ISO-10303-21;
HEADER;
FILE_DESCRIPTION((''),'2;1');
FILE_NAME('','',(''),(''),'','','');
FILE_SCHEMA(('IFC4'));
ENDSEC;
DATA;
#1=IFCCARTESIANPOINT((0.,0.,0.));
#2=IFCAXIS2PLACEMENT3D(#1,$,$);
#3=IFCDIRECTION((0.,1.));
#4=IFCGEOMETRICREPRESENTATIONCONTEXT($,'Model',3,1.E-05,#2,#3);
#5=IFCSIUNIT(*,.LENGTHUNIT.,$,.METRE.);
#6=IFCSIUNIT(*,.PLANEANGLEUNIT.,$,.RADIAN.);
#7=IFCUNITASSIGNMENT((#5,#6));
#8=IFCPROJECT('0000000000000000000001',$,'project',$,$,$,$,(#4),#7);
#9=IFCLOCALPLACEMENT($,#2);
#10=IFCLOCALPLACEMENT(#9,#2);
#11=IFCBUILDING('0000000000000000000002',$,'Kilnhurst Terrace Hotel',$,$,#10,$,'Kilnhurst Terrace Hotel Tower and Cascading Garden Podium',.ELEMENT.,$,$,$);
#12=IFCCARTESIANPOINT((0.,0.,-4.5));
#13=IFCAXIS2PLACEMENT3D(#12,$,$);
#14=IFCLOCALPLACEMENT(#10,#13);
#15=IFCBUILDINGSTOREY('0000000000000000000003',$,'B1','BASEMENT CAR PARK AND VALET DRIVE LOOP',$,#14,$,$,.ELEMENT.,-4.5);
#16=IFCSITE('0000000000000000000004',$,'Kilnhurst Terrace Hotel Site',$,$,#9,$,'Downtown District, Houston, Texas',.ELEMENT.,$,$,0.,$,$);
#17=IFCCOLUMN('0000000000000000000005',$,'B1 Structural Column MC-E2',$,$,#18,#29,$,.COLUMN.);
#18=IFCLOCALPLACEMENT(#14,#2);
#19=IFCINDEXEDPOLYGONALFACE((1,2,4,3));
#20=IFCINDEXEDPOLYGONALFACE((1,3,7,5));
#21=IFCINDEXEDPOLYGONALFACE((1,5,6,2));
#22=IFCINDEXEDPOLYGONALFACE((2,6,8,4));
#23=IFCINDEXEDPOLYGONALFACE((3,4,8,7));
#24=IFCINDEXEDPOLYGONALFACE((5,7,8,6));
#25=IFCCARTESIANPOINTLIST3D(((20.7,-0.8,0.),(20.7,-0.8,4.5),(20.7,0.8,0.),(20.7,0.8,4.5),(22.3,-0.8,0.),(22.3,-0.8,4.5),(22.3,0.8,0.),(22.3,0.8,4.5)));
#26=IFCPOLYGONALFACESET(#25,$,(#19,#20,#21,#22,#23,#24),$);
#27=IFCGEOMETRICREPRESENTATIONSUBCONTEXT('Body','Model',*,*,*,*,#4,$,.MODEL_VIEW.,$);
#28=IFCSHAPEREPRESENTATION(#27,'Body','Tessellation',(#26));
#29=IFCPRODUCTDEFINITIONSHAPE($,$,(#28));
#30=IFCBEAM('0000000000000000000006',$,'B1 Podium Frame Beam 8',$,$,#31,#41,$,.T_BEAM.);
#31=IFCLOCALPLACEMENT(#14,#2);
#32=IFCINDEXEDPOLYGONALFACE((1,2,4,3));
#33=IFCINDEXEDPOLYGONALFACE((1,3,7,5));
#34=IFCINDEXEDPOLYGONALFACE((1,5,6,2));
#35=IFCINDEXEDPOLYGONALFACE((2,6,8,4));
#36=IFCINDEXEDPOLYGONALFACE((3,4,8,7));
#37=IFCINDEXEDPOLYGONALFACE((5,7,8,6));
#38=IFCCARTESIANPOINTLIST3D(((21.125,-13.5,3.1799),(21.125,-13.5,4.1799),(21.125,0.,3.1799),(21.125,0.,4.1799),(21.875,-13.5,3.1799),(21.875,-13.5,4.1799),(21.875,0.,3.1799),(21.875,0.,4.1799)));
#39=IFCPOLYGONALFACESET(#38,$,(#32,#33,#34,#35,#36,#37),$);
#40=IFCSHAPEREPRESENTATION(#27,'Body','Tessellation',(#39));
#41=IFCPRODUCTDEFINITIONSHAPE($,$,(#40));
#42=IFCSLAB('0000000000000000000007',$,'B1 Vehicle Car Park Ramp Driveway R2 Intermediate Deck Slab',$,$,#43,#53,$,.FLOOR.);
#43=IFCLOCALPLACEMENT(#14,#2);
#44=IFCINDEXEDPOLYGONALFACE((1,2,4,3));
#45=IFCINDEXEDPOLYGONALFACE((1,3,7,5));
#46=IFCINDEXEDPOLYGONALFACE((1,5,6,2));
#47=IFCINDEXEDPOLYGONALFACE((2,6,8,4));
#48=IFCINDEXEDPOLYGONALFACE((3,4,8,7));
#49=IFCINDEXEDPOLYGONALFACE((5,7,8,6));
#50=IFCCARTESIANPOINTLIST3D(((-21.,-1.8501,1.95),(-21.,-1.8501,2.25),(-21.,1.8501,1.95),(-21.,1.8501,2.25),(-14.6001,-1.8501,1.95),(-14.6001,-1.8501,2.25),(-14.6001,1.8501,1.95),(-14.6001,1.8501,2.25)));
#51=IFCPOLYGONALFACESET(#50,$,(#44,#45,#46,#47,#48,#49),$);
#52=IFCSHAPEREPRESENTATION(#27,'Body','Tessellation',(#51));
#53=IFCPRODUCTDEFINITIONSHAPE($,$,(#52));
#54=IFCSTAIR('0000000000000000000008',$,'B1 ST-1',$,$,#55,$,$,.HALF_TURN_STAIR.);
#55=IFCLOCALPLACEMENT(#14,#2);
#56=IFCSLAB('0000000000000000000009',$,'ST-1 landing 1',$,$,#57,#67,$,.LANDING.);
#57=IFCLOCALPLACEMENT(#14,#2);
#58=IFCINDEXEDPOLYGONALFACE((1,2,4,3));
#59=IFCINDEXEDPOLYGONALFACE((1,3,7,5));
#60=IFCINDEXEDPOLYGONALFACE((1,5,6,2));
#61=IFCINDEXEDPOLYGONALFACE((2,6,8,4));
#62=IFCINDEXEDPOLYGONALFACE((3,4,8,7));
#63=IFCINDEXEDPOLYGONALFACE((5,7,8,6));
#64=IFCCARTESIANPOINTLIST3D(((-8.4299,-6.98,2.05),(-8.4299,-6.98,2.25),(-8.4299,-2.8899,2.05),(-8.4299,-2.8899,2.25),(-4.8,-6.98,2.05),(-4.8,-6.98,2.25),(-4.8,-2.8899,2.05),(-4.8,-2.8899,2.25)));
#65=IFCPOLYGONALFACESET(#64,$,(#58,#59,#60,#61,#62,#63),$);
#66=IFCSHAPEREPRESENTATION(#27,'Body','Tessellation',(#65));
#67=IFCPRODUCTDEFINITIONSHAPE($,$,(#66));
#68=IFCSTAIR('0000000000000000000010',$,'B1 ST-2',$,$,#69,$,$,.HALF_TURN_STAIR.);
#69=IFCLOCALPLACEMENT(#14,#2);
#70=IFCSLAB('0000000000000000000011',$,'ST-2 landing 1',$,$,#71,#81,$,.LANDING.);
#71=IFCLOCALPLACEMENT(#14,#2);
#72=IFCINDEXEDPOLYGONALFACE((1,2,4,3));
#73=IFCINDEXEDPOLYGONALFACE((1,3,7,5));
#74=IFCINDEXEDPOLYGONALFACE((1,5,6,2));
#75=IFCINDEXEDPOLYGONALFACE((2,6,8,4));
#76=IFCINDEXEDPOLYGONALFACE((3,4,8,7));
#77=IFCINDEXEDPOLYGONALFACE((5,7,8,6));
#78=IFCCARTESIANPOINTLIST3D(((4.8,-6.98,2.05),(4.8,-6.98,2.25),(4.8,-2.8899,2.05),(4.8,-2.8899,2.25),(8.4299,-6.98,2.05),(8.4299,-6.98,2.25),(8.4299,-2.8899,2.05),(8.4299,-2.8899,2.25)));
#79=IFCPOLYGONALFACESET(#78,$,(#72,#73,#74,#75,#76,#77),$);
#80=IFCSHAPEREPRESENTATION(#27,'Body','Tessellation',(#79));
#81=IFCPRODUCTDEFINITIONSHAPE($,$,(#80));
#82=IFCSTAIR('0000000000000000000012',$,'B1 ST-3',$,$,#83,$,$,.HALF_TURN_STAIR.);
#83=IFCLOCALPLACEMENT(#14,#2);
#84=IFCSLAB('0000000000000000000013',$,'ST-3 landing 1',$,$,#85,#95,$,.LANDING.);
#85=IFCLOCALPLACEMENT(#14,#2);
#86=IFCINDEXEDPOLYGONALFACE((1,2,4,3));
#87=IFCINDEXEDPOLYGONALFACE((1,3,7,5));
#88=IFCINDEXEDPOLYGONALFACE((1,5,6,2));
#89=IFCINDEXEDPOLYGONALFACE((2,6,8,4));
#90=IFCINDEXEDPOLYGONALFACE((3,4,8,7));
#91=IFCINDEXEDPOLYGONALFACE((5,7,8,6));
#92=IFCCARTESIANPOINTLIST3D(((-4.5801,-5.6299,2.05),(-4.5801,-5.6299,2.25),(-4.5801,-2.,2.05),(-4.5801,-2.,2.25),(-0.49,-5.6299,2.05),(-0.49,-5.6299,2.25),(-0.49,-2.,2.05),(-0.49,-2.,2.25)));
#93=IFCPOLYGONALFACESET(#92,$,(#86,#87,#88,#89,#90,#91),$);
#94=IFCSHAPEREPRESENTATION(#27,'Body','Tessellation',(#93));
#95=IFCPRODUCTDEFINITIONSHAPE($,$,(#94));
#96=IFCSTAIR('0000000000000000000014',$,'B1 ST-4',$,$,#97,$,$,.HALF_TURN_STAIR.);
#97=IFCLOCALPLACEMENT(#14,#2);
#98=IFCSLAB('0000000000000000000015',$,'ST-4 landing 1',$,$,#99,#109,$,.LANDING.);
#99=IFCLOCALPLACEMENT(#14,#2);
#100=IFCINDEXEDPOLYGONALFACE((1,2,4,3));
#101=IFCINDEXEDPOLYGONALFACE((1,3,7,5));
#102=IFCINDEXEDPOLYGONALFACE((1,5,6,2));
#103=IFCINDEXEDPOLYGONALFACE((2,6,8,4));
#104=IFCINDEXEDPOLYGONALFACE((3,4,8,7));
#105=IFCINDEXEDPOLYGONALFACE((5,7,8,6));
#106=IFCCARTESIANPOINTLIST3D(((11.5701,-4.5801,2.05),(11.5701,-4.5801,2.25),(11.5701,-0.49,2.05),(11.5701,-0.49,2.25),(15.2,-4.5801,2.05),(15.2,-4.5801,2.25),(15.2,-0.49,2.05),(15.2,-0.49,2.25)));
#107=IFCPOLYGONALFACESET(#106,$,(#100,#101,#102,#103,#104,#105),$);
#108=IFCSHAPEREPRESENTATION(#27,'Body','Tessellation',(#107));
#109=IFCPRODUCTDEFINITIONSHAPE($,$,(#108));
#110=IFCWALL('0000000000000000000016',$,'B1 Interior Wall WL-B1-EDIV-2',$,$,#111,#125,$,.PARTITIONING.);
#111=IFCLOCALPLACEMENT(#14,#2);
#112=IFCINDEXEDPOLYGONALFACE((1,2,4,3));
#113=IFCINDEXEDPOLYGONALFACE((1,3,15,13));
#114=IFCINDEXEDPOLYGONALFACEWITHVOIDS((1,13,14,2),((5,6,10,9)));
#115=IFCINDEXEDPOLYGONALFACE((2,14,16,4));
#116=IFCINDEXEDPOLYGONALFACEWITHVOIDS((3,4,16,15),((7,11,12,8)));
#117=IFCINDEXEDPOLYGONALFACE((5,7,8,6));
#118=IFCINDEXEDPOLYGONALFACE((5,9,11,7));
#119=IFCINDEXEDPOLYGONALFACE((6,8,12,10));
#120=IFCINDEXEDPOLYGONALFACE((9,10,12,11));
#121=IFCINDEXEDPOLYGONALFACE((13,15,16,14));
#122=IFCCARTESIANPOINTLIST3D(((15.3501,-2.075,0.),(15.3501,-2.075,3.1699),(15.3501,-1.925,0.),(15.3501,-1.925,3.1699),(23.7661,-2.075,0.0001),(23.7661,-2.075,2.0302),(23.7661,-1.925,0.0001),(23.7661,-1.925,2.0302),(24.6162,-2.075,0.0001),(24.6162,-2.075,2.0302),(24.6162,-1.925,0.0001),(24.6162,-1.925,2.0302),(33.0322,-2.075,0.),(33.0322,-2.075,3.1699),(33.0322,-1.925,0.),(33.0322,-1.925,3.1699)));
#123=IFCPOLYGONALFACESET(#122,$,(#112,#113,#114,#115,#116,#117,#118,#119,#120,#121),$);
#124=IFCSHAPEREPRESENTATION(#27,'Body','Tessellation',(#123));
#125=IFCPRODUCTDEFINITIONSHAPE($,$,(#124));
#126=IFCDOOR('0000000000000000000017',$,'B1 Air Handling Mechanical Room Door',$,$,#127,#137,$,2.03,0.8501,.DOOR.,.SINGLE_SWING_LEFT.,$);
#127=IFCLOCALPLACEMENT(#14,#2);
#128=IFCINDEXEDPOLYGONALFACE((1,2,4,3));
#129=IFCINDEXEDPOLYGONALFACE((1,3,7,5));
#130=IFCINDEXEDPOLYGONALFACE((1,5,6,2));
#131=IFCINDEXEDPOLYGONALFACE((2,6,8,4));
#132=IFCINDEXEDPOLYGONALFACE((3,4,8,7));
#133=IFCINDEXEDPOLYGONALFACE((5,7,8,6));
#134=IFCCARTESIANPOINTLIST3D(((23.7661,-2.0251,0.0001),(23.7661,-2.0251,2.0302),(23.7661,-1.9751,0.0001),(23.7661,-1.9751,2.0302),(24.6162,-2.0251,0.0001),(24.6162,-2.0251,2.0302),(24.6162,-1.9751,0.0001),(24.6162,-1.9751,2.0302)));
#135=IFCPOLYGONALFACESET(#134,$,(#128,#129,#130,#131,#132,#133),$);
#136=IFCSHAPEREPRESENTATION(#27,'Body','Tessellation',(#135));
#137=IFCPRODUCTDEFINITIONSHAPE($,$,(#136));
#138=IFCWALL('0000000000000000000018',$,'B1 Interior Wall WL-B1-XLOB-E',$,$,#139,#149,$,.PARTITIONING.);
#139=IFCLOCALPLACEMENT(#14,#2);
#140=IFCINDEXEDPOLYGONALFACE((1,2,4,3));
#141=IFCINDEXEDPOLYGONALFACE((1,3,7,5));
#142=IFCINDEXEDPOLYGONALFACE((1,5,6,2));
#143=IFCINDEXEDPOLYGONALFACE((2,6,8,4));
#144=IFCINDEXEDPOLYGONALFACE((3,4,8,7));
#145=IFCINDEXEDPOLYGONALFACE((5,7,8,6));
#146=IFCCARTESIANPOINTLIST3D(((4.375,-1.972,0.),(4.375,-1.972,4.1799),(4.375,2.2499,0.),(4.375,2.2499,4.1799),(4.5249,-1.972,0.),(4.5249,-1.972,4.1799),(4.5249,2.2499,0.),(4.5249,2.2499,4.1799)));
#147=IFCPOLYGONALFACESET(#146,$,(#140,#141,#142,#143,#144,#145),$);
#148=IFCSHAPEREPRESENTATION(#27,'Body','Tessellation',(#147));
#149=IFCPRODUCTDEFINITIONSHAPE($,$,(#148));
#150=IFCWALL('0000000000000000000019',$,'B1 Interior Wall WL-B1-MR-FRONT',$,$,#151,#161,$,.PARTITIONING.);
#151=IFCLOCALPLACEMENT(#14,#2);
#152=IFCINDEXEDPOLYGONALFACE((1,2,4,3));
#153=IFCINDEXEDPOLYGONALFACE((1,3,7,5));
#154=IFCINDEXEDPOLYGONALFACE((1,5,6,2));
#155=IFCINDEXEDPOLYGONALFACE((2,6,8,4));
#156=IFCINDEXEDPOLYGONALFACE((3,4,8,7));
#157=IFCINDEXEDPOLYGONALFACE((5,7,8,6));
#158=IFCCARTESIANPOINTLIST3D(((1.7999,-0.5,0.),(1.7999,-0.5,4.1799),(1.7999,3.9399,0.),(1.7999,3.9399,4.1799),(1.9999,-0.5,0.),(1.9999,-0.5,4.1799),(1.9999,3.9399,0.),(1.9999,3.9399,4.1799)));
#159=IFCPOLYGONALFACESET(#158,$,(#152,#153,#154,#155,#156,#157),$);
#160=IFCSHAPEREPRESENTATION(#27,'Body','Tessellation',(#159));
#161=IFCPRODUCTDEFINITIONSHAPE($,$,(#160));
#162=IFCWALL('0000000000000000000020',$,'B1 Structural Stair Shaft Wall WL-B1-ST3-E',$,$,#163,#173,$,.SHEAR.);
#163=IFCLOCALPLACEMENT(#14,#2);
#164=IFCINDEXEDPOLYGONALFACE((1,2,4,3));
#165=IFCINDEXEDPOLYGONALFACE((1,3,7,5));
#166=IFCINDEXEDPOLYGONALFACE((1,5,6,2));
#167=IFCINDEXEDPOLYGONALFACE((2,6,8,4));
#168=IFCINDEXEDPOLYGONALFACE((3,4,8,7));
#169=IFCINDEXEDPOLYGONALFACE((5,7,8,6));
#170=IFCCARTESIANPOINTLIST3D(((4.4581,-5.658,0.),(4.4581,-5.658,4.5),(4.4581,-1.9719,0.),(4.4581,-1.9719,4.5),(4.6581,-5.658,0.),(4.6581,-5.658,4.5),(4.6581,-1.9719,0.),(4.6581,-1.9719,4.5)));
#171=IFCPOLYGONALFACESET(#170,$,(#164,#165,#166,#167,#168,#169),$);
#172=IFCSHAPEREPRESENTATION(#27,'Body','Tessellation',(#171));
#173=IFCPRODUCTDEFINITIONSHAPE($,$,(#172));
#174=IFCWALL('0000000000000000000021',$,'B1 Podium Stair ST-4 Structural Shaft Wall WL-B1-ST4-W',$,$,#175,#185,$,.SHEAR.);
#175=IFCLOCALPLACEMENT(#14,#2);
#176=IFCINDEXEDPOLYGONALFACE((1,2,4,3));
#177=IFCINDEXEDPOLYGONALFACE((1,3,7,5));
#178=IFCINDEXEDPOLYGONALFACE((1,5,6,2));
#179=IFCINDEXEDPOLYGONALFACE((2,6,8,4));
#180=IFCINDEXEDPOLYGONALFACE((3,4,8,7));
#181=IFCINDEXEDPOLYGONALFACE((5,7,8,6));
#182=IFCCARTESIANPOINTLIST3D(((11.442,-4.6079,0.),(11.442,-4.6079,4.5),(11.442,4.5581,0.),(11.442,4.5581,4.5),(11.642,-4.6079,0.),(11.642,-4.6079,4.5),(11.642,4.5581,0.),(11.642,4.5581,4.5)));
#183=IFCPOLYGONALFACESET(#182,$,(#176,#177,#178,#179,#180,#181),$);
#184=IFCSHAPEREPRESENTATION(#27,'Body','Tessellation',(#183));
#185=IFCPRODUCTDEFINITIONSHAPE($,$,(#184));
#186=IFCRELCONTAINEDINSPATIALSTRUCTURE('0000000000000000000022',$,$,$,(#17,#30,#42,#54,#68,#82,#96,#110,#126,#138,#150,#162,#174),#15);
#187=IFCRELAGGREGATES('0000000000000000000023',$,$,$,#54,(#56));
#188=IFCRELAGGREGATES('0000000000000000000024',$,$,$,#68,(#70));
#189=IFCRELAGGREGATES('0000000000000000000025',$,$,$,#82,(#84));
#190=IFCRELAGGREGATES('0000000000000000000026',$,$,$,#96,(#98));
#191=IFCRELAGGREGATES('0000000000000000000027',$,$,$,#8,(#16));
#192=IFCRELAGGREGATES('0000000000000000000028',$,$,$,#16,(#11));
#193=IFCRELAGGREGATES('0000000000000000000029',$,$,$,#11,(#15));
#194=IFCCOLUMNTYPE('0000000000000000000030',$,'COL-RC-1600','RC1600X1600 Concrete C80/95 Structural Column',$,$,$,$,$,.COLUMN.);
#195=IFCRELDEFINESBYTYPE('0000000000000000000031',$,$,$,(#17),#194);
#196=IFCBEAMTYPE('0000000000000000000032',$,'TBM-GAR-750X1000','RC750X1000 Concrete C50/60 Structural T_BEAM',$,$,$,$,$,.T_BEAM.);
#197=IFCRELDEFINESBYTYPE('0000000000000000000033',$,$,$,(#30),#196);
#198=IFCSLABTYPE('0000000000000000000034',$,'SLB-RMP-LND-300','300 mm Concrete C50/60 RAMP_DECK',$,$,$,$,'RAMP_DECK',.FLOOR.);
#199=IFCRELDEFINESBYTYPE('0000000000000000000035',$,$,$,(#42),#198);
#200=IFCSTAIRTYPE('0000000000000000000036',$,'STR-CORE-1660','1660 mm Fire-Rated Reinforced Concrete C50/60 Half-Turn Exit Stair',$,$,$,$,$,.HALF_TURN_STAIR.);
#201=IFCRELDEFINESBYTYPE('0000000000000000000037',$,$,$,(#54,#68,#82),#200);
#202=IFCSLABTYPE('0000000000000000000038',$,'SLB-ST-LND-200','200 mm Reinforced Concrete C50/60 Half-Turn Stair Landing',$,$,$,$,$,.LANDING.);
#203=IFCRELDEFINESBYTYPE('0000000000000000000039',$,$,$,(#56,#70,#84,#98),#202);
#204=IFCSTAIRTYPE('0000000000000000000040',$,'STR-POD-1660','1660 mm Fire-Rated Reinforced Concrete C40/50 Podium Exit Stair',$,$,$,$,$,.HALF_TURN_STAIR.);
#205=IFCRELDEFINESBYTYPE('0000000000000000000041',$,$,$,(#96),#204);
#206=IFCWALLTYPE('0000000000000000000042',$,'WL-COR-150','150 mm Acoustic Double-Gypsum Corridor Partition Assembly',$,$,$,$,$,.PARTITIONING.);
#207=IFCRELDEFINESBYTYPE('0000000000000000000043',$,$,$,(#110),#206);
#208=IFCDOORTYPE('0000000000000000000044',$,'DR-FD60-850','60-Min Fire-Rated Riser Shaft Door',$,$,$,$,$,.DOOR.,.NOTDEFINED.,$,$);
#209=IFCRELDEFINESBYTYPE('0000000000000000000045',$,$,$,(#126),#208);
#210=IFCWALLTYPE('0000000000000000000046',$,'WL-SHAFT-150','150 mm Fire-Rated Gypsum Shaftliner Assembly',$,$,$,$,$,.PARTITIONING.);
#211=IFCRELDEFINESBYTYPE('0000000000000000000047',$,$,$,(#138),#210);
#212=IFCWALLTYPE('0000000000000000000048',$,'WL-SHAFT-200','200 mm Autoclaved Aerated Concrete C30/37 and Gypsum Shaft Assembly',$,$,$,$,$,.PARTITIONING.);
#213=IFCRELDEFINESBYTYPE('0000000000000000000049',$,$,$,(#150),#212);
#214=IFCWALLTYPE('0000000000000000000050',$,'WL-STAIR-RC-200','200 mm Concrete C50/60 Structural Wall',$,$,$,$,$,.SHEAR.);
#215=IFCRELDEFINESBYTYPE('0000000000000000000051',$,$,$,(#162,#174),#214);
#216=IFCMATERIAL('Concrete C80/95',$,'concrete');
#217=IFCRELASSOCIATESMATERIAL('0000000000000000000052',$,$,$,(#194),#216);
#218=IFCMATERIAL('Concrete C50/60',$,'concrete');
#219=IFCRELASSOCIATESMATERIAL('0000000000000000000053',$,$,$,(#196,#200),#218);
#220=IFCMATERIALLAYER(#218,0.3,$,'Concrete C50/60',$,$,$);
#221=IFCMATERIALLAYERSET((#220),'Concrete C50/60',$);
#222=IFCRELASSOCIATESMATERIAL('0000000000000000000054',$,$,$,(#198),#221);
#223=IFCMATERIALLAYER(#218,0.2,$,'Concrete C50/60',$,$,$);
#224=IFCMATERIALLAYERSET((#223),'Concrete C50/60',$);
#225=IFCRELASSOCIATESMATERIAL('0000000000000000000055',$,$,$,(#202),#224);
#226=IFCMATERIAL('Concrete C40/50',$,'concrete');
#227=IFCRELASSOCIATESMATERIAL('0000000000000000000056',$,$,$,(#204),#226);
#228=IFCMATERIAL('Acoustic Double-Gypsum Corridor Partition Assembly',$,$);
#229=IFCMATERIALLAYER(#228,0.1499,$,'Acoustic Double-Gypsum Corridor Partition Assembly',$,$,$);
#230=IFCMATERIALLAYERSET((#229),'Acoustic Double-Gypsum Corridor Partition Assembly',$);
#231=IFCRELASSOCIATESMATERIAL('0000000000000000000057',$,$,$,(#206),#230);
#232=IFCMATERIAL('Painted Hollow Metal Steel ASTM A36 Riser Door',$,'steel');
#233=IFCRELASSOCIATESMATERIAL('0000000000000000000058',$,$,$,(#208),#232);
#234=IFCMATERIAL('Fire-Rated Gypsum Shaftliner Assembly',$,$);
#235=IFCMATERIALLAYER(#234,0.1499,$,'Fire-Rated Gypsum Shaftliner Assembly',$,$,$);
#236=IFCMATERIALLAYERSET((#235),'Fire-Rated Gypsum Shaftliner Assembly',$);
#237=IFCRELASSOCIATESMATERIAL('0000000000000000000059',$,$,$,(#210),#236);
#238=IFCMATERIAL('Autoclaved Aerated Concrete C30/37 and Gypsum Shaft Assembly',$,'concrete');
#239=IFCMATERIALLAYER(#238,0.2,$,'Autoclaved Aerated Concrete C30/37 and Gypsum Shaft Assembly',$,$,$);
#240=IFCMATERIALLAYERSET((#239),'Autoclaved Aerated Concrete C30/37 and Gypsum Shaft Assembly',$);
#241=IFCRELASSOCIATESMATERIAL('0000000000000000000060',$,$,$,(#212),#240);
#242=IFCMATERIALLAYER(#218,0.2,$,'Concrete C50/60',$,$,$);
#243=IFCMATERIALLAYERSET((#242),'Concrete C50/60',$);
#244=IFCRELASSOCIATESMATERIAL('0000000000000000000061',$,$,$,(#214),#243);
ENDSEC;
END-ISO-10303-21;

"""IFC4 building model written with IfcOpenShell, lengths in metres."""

from ifc_helpers import new_model, si_unit, direction, frame, frame_2d, origin, origin_2d, place, context, subcontext, project, spatial, polyline, rectangle, outline, extrude, material, layer, layer_set, material_profile, profile_set, type_object, element, fill, aggregate, save


model = new_model("IFC4")

# Units and contexts
model_context = context("Model", 3, precision=1e-05, world=origin(), true_north=direction((0.0, 1.0)))
body_context = subcontext(model_context, "Body", "Model", "MODEL_VIEW")
ifc_project = project(units=[si_unit("LENGTHUNIT", "METRE"), si_unit("PLANEANGLEUNIT", "RADIAN")], contexts=[model_context])

# Site, building, storey
site_placement = place(None, origin())
site = spatial("IfcSite", under=ifc_project, at=site_placement, Name="Kilnhurst Terrace Hotel Site", LongName="Downtown District, Houston, Texas", CompositionType="ELEMENT", RefElevation=0.0)
building_placement = place(site_placement, origin())
building = spatial("IfcBuilding", under=site, at=building_placement, Name="Kilnhurst Terrace Hotel", LongName="Kilnhurst Terrace Hotel Tower and Cascading Garden Podium", CompositionType="ELEMENT")
storey_placement = place(building_placement, frame((0.0, 0.0, -4.5)))
storey = spatial("IfcBuildingStorey", under=building, at=storey_placement, Name="B1", Description="BASEMENT CAR PARK AND VALET DRIVE LOOP", CompositionType="ELEMENT", Elevation=-4.5)

# Column
ifc_material_1 = material(Name="Concrete C80/95", Category="concrete")
ifc_material_profile_1 = material_profile(ifc_material_1, rectangle(XDim=1.6001, YDim=1.6001, at=origin_2d()), Name="RC1600X1600")
ifc_profile_set_1 = profile_set([ifc_material_profile_1], Name="Concrete C80/95")
column_type = type_object("IfcColumnType", Name="COL-RC-1600", Description="RC1600X1600 Concrete C80/95 Structural Column", PredefinedType="COLUMN", material=ifc_profile_set_1)
column_placement = place(storey_placement, frame((21.5, 0.0, 0.0), z_axis=(0.0, 0.0, 1.0), x_axis=(1.0, 0.0, 0.0)))
element("IfcColumn", 1, at=column_placement, inside=storey, type_object=column_type, Name="B1 Structural Column MC-E2", PredefinedType="COLUMN", context=body_context, shape_type="SweptSolid", body=[
    extrude(rectangle(XDim=1.6001, YDim=1.6001, at=origin_2d()), origin(), (0.0, 0.0, 1.0), 4.5),
])

# Beam
ifc_material_2 = material(Name="Concrete C50/60", Category="concrete")
ifc_material_profile_2 = material_profile(ifc_material_2, rectangle(XDim=0.75, YDim=1.0, at=origin_2d()), Name="RC750X1000")
ifc_profile_set_2 = profile_set([ifc_material_profile_2], Name="Concrete C50/60")
beam_type = type_object("IfcBeamType", Name="TBM-GAR-750X1000", Description="RC750X1000 Concrete C50/60 Structural T_BEAM", PredefinedType="T_BEAM", material=ifc_profile_set_2)
beam_placement = place(storey_placement, frame((21.5, 0.0, 3.6799), z_axis=(0.0, -1.0, 0.0), x_axis=(1.0, 0.0, 0.0)))
element("IfcBeam", 2, at=beam_placement, inside=storey, type_object=beam_type, Name="B1 Podium Frame Beam 8", PredefinedType="T_BEAM", context=body_context, shape_type="SweptSolid", body=[
    extrude(rectangle(XDim=0.75, YDim=1.0, at=origin_2d()), origin(), (0.0, 0.0, 1.0), 13.5),
])

# Slab
ifc_layer_1 = layer(ifc_material_2, 0.3, Name="Concrete C50/60")
ifc_layer_set_1 = layer_set([ifc_layer_1], Name="Concrete C50/60")
slab_type_1 = type_object("IfcSlabType", Name="SLB-RMP-LND-300", Description="300 mm Concrete C50/60 RAMP_DECK", ElementType="RAMP_DECK", PredefinedType="FLOOR", material=ifc_layer_set_1)
slab_1_placement = place(storey_placement, frame((0.0, 0.0, 1.95)))
element("IfcSlab", 3, at=slab_1_placement, inside=storey, type_object=slab_type_1, Name="B1 Vehicle Car Park Ramp Driveway R2 Intermediate Deck Slab", PredefinedType="FLOOR", context=body_context, shape_type="SweptSolid", body=[
    extrude(outline(polyline([(-21.0, -1.8501), (-14.6001, -1.8501), (-14.6001, 1.8501), (-21.0, 1.8501), (-21.0, -1.8501)])), origin(), (0.0, 0.0, 1.0), 0.3),
])

# Stairs, slabs
stair_type_1 = type_object("IfcStairType", Name="STR-CORE-1660", Description="1660 mm Fire-Rated Reinforced Concrete C50/60 Half-Turn Exit Stair", PredefinedType="HALF_TURN_STAIR", material=ifc_material_2)
stair_1_placement = place(storey_placement, origin())
stair_1 = element("IfcStair", 4, at=stair_1_placement, inside=storey, type_object=stair_type_1, Name="B1 ST-1", PredefinedType="HALF_TURN_STAIR")
ifc_layer_2 = layer(ifc_material_2, 0.2, Name="Concrete C50/60")
ifc_layer_set_2 = layer_set([ifc_layer_2], Name="Concrete C50/60")
slab_type_2 = type_object("IfcSlabType", Name="SLB-ST-LND-200", Description="200 mm Reinforced Concrete C50/60 Half-Turn Stair Landing", PredefinedType="LANDING", material=ifc_layer_set_2)
slab_2_placement = place(storey_placement, frame((0.0, 0.0, 2.05)))
slab_2 = element("IfcSlab", 5, at=slab_2_placement, type_object=slab_type_2, Name="ST-1 landing 1", PredefinedType="LANDING", context=body_context, shape_type="SweptSolid", body=[
    extrude(outline(polyline([(-8.4299, -2.8899), (-4.8, -2.8899), (-4.8, -6.98), (-8.4299, -6.98), (-8.4299, -2.8899)])), origin(), (0.0, 0.0, 1.0), 0.2),
])
aggregate(stair_1, [slab_2])
stair_2_placement = place(storey_placement, origin())
stair_2 = element("IfcStair", 6, at=stair_2_placement, inside=storey, type_object=stair_type_1, Name="B1 ST-2", PredefinedType="HALF_TURN_STAIR")
slab_3_placement = place(storey_placement, frame((0.0, 0.0, 2.05)))
slab_3 = element("IfcSlab", 7, at=slab_3_placement, type_object=slab_type_2, Name="ST-2 landing 1", PredefinedType="LANDING", context=body_context, shape_type="SweptSolid", body=[
    extrude(outline(polyline([(4.8, -2.8899), (8.4299, -2.8899), (8.4299, -6.98), (4.8, -6.98), (4.8, -2.8899)])), origin(), (0.0, 0.0, 1.0), 0.2),
])
stair_3_placement = place(storey_placement, origin())
stair_3 = element("IfcStair", 8, at=stair_3_placement, inside=storey, type_object=stair_type_1, Name="B1 ST-3", PredefinedType="HALF_TURN_STAIR")
slab_4_placement = place(storey_placement, frame((0.0, 0.0, 2.05)))
slab_4 = element("IfcSlab", 9, at=slab_4_placement, type_object=slab_type_2, Name="ST-3 landing 1", PredefinedType="LANDING", context=body_context, shape_type="SweptSolid", body=[
    extrude(outline(polyline([(-0.49, -2.0), (-0.49, -5.6299), (-4.5801, -5.6299), (-4.5801, -2.0), (-0.49, -2.0)])), origin(), (0.0, 0.0, 1.0), 0.2),
])
ifc_material_3 = material(Name="Concrete C40/50", Category="concrete")
stair_type_2 = type_object("IfcStairType", Name="STR-POD-1660", Description="1660 mm Fire-Rated Reinforced Concrete C40/50 Podium Exit Stair", PredefinedType="HALF_TURN_STAIR", material=ifc_material_3)
stair_4_placement = place(storey_placement, origin())
stair_4 = element("IfcStair", 10, at=stair_4_placement, inside=storey, type_object=stair_type_2, Name="B1 ST-4", PredefinedType="HALF_TURN_STAIR")
slab_5_placement = place(storey_placement, frame((0.0, 0.0, 2.05)))
slab_5 = element("IfcSlab", 11, at=slab_5_placement, type_object=slab_type_2, Name="ST-4 landing 1", PredefinedType="LANDING", context=body_context, shape_type="SweptSolid", body=[
    extrude(outline(polyline([(11.5701, -0.49), (15.2, -0.49), (15.2, -4.5801), (11.5701, -4.5801), (11.5701, -0.49)])), origin(), (0.0, 0.0, 1.0), 0.2),
])

# Wall, opening, door
ifc_material_4 = material(Name="Acoustic Double-Gypsum Corridor Partition Assembly")
ifc_layer_3 = layer(ifc_material_4, 0.1499, Name="Acoustic Double-Gypsum Corridor Partition Assembly")
ifc_layer_set_3 = layer_set([ifc_layer_3], Name="Acoustic Double-Gypsum Corridor Partition Assembly")
wall_type_1 = type_object("IfcWallType", Name="WL-COR-150", Description="150 mm Acoustic Double-Gypsum Corridor Partition Assembly", PredefinedType="PARTITIONING", material=ifc_layer_set_3)
wall_1_placement = place(storey_placement, frame((15.3501, -2.0, 0.0), z_axis=(0.0, 0.0, 1.0), x_axis=(1.0, 0.0, 0.0)))
wall_1 = element("IfcWall", 12, at=wall_1_placement, inside=storey, type_object=wall_type_1, Name="B1 Interior Wall WL-B1-EDIV-2", PredefinedType="PARTITIONING", context=body_context, shape_type="SweptSolid", body=[
    extrude(rectangle(XDim=17.6821, YDim=0.1499, at=frame_2d((8.8411, 0.0))), origin(), (0.0, 0.0, 1.0), 3.1699),
])
opening_placement = place(wall_1_placement, frame((8.416, 0.0, 0.0)))
opening = element("IfcOpeningElement", 13, at=opening_placement, cuts=wall_1, PredefinedType="OPENING", context=body_context, shape_type="SweptSolid", body=[
    extrude(rectangle(XDim=0.8501, YDim=2.03, at=frame_2d((0.425, 1.0151))), frame((0.0, 0.085, 0.0), z_axis=(0.0, -1.0, 0.0), x_axis=(1.0, 0.0, 0.0)), (0.0, 0.0, 1.0), 0.1699),
])
ifc_material_5 = material(Name="Painted Hollow Metal Steel ASTM A36 Riser Door", Category="steel")
door_type = type_object("IfcDoorType", Name="DR-FD60-850", Description="60-Min Fire-Rated Riser Shaft Door", OperationType="NOTDEFINED", PredefinedType="DOOR", material=ifc_material_5)
door_placement = place(opening_placement, origin())
door = element("IfcDoor", 14, at=door_placement, inside=storey, type_object=door_type, Name="B1 Air Handling Mechanical Room Door", OperationType="SINGLE_SWING_LEFT", OverallHeight=2.03, OverallWidth=0.8501, PredefinedType="DOOR", context=body_context, shape_type="SweptSolid", body=[
    extrude(rectangle(XDim=0.8501, YDim=2.03, at=frame_2d((0.425, 1.0151))), frame((0.0, 0.0249, 0.0), z_axis=(0.0, -1.0, 0.0), x_axis=(1.0, 0.0, 0.0)), (0.0, 0.0, 1.0), 0.05),
])
fill(opening, door)

# Walls
ifc_material_6 = material(Name="Fire-Rated Gypsum Shaftliner Assembly")
ifc_layer_4 = layer(ifc_material_6, 0.1499, Name="Fire-Rated Gypsum Shaftliner Assembly")
ifc_layer_set_4 = layer_set([ifc_layer_4], Name="Fire-Rated Gypsum Shaftliner Assembly")
wall_type_2 = type_object("IfcWallType", Name="WL-SHAFT-150", Description="150 mm Fire-Rated Gypsum Shaftliner Assembly", PredefinedType="PARTITIONING", material=ifc_layer_set_4)
wall_2_placement = place(storey_placement, frame((4.45, -1.9719, 0.0), z_axis=(0.0, 0.0, 1.0), x_axis=(0.0, 1.0, 0.0)))
element("IfcWall", 15, at=wall_2_placement, inside=storey, type_object=wall_type_2, Name="B1 Interior Wall WL-B1-XLOB-E", PredefinedType="PARTITIONING", context=body_context, shape_type="SweptSolid", body=[
    extrude(rectangle(XDim=4.2219, YDim=0.1499, at=frame_2d((2.1108, 0.0))), origin(), (0.0, 0.0, 1.0), 4.1799),
])
ifc_material_7 = material(Name="Autoclaved Aerated Concrete C30/37 and Gypsum Shaft Assembly", Category="concrete")
ifc_layer_5 = layer(ifc_material_7, 0.2, Name="Autoclaved Aerated Concrete C30/37 and Gypsum Shaft Assembly")
ifc_layer_set_5 = layer_set([ifc_layer_5], Name="Autoclaved Aerated Concrete C30/37 and Gypsum Shaft Assembly")
wall_type_3 = type_object("IfcWallType", Name="WL-SHAFT-200", Description="200 mm Autoclaved Aerated Concrete C30/37 and Gypsum Shaft Assembly", PredefinedType="PARTITIONING", material=ifc_layer_set_5)
wall_3_placement = place(storey_placement, frame((1.8999, -0.5, 0.0), z_axis=(0.0, 0.0, 1.0), x_axis=(0.0, 1.0, 0.0)))
element("IfcWall", 16, at=wall_3_placement, inside=storey, type_object=wall_type_3, Name="B1 Interior Wall WL-B1-MR-FRONT", PredefinedType="PARTITIONING", context=body_context, shape_type="SweptSolid", body=[
    extrude(rectangle(XDim=4.4399, YDim=0.2, at=frame_2d((2.22, 0.0))), origin(), (0.0, 0.0, 1.0), 4.1799),
])
ifc_layer_6 = layer(ifc_material_2, 0.2, Name="Concrete C50/60")
ifc_layer_set_6 = layer_set([ifc_layer_6], Name="Concrete C50/60")
wall_type_4 = type_object("IfcWallType", Name="WL-STAIR-RC-200", Description="200 mm Concrete C50/60 Structural Wall", PredefinedType="SHEAR", material=ifc_layer_set_6)
wall_4_placement = place(storey_placement, frame((4.5581, -5.658, 0.0), z_axis=(0.0, 0.0, 1.0), x_axis=(0.0, 1.0, 0.0)))
element("IfcWall", 17, at=wall_4_placement, inside=storey, type_object=wall_type_4, Name="B1 Structural Stair Shaft Wall WL-B1-ST3-E", PredefinedType="SHEAR", context=body_context, shape_type="SweptSolid", body=[
    extrude(rectangle(XDim=3.686, YDim=0.2, at=frame_2d((1.843, 0.0))), origin(), (0.0, 0.0, 1.0), 4.5),
])
for number, where, z_axis, x_axis, name in (
    (18, (11.542, -4.6079, 0.0), (0.0, 0.0, 1.0), (0.0, 1.0, 0.0), "B1 Podium Stair ST-4 Structural Shaft Wall WL-B1-ST4-W"),
):
    element("IfcWall", number, at=place(storey_placement, frame(where, z_axis=z_axis, x_axis=x_axis)), inside=storey, type_object=wall_type_4, Name=name, PredefinedType="SHEAR", context=body_context, shape_type="SweptSolid", body=[
        extrude(rectangle(XDim=9.166, YDim=0.2, at=frame_2d((4.583, 0.0))), origin(), (0.0, 0.0, 1.0), 4.5),
    ])

aggregate(stair_2, [slab_3])
aggregate(stair_3, [slab_4])
aggregate(stair_4, [slab_5])

save(model, "model.ifc")
